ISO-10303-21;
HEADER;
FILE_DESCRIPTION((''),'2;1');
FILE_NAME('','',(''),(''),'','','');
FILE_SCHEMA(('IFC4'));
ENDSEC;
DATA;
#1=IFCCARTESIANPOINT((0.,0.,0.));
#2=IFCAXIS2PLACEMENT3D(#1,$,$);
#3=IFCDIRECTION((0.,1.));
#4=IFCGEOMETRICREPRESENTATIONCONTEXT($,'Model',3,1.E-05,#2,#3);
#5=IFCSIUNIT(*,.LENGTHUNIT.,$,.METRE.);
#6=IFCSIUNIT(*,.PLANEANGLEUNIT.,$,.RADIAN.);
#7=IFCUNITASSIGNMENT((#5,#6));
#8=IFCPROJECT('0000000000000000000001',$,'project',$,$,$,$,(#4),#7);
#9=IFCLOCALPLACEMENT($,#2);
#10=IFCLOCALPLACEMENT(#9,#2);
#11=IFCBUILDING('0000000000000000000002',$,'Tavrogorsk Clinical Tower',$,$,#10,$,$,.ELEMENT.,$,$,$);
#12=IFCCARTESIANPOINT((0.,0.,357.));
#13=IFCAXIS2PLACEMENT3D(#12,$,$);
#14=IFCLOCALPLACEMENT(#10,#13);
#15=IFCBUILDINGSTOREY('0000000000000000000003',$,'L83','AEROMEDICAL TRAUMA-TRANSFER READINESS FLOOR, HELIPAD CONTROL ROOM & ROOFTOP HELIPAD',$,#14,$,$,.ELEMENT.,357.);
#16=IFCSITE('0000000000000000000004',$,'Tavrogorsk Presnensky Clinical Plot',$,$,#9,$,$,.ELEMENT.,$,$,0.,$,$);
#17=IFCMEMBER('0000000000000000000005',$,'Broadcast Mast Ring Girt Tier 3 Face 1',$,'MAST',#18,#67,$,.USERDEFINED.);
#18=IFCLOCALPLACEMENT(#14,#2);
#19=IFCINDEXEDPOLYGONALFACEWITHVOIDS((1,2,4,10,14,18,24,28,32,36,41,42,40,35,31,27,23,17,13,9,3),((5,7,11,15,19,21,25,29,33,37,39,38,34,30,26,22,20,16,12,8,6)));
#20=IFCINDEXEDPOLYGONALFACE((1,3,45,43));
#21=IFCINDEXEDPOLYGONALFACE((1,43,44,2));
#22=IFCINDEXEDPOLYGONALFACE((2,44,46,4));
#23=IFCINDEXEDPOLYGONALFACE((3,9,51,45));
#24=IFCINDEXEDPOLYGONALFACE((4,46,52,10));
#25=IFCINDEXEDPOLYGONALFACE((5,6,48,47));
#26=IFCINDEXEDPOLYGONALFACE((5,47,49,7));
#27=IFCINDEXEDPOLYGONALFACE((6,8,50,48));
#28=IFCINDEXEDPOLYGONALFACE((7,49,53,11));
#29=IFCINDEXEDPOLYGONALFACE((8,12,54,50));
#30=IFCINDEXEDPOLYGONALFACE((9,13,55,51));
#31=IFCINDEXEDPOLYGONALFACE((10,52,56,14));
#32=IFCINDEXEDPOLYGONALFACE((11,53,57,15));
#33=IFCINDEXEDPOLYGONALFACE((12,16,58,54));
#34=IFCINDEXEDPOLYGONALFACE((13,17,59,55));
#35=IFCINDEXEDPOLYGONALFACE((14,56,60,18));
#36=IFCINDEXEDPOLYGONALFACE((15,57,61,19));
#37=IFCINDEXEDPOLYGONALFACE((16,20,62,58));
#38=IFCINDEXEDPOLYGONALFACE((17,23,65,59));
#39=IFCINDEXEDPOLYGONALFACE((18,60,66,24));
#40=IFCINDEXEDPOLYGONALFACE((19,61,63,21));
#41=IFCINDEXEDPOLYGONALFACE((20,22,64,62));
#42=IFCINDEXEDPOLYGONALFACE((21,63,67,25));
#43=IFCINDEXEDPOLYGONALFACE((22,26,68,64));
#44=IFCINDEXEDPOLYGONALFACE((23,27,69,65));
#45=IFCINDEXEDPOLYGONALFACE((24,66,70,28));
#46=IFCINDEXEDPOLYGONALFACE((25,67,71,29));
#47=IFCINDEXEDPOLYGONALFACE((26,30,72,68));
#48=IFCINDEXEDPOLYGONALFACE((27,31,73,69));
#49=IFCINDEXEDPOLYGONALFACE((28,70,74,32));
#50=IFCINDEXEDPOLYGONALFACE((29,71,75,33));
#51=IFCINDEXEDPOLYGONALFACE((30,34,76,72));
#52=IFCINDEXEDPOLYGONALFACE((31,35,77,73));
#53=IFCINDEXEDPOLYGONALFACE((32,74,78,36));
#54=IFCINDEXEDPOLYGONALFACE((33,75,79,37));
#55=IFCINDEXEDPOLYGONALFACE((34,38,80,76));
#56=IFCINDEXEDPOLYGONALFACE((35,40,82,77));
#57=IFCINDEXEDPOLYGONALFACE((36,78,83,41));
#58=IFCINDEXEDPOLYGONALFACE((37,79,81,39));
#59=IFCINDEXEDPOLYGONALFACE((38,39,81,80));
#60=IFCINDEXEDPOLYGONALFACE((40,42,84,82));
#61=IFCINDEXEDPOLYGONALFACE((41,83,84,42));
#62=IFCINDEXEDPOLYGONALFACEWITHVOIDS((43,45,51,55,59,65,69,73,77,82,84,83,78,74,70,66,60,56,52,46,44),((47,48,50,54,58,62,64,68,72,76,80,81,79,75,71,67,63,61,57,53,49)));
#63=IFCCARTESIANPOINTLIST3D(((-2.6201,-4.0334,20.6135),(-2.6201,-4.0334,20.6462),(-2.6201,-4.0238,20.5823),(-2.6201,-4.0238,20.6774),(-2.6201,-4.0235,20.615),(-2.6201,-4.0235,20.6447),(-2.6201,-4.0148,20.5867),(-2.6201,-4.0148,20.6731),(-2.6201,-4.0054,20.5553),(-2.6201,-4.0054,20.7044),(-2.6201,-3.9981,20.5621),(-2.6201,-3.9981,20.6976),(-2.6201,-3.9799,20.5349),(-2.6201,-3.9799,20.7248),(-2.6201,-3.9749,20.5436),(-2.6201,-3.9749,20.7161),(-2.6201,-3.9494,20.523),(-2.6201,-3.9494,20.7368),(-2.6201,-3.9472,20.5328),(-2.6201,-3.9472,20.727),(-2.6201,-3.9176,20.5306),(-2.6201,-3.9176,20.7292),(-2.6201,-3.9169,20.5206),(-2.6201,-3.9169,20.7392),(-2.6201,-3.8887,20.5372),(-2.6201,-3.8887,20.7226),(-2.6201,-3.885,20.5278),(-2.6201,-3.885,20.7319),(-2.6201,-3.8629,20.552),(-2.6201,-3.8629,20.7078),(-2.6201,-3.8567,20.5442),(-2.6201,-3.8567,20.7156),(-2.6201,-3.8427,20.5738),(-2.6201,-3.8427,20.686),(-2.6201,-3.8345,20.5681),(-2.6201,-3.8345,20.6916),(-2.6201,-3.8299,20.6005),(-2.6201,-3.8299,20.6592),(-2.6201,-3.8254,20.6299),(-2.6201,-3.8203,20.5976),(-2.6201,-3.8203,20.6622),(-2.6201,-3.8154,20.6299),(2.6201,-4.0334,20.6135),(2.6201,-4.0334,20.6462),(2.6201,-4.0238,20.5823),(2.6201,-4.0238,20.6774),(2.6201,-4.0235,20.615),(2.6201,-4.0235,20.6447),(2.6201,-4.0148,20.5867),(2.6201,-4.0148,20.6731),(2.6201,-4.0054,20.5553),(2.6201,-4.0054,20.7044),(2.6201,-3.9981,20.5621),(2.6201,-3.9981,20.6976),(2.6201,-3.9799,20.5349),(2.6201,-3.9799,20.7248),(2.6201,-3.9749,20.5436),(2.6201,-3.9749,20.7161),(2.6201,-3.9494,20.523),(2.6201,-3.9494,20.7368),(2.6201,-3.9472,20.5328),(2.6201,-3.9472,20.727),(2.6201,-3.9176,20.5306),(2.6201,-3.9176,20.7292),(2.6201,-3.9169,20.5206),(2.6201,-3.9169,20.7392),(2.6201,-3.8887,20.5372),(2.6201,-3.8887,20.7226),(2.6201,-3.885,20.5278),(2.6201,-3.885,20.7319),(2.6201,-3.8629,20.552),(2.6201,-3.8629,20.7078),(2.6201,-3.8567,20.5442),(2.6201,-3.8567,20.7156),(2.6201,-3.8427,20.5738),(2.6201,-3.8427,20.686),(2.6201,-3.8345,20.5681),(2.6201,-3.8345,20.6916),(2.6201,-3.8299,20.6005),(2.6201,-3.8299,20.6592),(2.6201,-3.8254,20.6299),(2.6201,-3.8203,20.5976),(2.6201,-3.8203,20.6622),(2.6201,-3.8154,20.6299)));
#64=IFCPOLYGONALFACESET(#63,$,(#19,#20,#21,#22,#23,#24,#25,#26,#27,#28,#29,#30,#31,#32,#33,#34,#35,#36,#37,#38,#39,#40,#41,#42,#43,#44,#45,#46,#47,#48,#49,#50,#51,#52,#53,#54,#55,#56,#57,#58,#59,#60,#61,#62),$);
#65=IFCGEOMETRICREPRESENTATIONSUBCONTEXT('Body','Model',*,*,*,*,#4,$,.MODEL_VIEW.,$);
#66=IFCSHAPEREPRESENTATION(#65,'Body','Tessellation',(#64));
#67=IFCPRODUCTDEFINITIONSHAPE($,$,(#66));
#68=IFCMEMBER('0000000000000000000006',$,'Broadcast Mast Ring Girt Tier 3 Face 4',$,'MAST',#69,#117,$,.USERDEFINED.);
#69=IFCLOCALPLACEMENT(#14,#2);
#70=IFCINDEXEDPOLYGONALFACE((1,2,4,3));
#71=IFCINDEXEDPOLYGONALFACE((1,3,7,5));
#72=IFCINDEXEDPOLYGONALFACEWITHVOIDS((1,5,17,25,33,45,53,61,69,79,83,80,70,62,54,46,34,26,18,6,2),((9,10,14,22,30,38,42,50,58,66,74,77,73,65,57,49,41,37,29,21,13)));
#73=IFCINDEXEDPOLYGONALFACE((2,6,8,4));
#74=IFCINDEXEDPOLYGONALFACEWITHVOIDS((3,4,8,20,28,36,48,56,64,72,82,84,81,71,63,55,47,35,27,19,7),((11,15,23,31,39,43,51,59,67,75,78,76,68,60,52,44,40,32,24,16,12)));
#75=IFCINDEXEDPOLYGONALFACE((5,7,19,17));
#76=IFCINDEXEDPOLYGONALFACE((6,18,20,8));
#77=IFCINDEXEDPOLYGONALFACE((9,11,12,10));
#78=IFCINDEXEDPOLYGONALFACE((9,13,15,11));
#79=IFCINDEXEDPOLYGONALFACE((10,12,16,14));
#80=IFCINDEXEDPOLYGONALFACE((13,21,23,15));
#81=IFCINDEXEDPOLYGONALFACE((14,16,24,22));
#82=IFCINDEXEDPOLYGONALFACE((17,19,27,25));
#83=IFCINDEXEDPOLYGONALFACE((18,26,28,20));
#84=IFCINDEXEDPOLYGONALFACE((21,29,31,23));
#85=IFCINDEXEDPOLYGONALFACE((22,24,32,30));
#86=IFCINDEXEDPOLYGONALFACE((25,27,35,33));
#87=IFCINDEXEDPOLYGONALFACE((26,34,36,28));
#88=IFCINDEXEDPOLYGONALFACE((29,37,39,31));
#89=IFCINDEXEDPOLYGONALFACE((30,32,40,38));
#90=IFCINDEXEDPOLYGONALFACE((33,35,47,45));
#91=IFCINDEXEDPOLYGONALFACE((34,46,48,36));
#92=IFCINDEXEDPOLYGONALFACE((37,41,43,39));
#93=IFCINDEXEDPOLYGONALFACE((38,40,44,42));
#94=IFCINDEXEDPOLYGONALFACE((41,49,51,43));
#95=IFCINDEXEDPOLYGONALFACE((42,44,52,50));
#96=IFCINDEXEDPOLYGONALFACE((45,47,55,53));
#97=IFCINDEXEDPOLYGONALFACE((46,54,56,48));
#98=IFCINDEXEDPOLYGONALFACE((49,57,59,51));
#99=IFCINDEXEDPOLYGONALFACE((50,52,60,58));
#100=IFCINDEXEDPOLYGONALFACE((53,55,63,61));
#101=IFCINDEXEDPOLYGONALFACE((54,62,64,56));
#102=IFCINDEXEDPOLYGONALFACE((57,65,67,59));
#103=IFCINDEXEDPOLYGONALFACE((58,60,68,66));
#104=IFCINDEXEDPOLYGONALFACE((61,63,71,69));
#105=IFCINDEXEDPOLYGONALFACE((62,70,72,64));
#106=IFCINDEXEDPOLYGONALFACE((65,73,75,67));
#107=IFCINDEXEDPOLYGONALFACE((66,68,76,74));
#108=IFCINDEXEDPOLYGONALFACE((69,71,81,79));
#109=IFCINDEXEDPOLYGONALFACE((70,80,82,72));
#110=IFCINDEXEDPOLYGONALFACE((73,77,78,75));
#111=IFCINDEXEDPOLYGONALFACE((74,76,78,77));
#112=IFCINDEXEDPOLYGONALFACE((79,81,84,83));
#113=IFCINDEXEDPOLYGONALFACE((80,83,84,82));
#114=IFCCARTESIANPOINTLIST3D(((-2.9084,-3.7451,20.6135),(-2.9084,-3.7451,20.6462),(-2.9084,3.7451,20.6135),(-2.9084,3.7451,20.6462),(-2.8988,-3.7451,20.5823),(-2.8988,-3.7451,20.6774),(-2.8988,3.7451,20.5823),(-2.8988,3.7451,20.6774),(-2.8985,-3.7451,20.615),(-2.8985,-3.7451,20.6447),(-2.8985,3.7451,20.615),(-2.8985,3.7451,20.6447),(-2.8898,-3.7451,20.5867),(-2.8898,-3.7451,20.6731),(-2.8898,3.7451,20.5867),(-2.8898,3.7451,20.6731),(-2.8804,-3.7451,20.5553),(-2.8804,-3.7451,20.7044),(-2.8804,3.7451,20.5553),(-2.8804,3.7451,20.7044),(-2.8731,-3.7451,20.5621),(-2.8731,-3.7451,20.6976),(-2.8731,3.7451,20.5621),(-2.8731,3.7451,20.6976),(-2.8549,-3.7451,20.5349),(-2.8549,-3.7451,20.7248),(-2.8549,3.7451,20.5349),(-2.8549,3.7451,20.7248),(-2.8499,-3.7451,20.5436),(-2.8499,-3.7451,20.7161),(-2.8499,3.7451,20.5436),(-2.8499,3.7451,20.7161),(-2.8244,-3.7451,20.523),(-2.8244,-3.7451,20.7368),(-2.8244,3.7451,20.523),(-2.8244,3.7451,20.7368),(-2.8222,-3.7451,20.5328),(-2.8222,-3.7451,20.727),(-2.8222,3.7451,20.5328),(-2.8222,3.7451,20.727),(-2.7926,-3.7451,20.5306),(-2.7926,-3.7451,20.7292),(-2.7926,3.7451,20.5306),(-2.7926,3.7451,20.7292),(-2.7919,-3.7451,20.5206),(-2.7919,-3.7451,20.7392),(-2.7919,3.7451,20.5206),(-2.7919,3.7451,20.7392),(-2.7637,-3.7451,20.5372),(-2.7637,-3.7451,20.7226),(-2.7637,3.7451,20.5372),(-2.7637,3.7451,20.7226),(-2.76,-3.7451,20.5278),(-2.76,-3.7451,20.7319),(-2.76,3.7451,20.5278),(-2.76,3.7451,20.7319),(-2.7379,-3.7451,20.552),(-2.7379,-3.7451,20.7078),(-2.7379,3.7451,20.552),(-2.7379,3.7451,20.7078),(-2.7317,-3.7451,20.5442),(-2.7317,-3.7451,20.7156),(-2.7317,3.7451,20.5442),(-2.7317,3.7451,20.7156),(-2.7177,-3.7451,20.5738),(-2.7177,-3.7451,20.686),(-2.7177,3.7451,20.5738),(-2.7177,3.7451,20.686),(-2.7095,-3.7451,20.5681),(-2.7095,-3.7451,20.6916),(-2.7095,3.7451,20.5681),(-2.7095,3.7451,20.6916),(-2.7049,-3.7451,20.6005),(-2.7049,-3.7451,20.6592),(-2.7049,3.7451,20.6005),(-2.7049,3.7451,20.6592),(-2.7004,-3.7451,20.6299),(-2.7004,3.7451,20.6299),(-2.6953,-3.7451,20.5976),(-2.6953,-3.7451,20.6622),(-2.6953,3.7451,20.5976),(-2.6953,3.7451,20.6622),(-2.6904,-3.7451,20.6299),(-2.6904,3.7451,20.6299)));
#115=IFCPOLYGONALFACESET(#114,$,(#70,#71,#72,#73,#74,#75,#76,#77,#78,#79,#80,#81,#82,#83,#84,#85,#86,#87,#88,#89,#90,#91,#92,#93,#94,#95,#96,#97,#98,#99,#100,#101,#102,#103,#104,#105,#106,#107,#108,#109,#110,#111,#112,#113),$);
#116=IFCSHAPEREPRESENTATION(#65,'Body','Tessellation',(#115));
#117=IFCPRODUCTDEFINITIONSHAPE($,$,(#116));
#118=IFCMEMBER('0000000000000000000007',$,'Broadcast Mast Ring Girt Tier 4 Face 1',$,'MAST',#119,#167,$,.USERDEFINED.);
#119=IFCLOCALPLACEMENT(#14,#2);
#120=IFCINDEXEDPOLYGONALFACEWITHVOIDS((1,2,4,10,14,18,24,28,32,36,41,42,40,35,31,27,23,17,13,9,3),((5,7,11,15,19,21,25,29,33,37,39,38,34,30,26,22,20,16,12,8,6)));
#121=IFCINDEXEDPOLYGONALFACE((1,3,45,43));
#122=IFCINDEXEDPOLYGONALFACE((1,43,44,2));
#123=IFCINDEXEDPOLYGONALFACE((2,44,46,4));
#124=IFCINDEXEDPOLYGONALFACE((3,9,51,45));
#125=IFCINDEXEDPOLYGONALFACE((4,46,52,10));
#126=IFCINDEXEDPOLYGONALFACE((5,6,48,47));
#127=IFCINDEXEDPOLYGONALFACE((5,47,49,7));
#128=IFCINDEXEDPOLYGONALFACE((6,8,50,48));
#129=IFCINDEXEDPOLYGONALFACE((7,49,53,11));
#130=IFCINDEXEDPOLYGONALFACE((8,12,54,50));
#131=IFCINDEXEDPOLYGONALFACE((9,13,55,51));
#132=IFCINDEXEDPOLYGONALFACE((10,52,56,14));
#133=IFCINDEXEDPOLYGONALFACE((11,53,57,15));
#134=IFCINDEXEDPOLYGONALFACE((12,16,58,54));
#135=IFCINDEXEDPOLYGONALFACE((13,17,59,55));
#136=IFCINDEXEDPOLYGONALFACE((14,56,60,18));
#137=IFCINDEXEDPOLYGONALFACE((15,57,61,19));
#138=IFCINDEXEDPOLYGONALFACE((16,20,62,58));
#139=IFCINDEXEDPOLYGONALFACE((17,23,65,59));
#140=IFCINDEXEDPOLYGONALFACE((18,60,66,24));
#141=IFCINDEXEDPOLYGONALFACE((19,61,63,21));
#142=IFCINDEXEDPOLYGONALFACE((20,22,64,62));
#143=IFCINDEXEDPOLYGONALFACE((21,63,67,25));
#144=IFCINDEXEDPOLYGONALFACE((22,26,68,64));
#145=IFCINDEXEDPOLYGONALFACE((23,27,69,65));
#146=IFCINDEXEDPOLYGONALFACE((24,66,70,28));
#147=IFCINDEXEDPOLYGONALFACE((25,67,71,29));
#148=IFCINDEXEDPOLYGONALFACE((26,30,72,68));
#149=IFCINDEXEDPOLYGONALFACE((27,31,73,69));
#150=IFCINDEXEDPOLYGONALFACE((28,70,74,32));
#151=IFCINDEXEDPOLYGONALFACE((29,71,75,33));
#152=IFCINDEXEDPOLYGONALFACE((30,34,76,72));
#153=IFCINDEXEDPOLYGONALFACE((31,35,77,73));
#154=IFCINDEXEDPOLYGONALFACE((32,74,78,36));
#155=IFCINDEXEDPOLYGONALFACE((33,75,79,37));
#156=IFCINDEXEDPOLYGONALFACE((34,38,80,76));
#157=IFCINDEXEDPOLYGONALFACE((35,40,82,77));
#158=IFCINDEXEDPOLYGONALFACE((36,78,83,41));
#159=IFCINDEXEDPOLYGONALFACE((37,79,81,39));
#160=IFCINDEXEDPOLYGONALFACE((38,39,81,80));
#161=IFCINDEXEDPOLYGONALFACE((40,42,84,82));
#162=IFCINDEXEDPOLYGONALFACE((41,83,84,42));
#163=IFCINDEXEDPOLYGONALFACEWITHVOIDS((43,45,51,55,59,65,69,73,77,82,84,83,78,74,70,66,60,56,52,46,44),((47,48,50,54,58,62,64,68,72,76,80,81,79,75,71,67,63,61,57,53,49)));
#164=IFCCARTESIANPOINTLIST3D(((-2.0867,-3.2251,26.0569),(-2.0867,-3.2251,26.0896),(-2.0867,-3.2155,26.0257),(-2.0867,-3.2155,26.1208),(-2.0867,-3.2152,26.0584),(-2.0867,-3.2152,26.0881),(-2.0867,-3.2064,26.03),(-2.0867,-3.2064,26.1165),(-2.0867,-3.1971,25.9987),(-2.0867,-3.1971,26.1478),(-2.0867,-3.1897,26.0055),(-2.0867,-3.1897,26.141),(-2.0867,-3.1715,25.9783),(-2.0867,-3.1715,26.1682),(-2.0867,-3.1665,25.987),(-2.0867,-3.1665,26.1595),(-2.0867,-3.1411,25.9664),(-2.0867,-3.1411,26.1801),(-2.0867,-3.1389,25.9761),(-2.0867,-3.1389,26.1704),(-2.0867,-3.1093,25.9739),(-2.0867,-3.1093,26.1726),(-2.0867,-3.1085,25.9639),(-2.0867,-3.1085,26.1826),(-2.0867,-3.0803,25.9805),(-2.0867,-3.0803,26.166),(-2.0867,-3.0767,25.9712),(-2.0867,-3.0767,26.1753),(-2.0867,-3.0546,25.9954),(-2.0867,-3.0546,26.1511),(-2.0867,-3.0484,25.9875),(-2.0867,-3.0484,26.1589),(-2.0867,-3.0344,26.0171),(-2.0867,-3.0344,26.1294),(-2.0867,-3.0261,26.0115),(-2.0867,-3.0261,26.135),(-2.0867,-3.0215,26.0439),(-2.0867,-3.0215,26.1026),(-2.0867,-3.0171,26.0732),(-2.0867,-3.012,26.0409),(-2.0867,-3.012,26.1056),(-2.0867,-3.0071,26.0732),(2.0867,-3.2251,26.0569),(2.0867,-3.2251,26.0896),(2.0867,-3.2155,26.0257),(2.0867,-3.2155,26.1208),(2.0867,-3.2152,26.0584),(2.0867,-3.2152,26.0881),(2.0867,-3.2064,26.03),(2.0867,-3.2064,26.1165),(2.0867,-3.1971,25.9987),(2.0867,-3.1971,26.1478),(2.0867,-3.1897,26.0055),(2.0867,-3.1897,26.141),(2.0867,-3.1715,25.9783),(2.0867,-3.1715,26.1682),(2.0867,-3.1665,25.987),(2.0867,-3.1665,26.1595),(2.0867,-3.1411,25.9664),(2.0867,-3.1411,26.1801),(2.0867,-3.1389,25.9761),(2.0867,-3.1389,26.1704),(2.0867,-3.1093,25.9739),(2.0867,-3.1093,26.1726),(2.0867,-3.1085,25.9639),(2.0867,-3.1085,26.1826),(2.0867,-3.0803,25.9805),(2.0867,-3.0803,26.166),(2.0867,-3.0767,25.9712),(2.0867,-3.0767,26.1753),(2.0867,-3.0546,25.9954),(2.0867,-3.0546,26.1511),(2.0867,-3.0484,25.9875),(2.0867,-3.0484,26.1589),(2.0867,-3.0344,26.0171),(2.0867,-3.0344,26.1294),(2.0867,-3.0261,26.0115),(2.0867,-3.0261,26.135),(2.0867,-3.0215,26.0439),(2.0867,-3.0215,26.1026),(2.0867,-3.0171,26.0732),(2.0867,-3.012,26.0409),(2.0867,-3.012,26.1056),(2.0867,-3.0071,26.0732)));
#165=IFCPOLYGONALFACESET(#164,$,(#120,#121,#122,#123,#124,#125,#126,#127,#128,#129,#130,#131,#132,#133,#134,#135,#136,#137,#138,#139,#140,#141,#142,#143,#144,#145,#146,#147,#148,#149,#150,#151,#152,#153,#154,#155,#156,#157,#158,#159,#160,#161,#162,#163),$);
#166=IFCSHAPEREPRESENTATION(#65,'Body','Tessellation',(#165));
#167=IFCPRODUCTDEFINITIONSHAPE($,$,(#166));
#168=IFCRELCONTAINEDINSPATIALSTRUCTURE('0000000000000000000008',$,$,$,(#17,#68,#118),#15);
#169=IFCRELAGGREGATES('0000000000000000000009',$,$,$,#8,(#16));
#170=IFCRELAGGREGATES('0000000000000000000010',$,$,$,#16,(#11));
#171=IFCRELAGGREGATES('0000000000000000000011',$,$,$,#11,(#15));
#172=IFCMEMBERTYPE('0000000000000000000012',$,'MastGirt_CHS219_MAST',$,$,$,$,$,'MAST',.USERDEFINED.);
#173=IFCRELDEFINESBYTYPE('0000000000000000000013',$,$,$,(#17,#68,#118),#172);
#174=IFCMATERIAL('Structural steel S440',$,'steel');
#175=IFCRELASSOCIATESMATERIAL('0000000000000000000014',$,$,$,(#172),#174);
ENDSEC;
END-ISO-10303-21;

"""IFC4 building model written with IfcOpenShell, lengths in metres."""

from ifc_helpers import new_model, si_unit, direction, frame, origin, origin_2d, place, context, subcontext, project, spatial, hollow_circle, extrude, material, material_profile, profile_set, type_object, element, save


model = new_model("IFC4")

# Units and contexts
model_context = context("Model", 3, precision=1e-05, world=origin(), true_north=direction((0.0, 1.0)))
body_context = subcontext(model_context, "Body", "Model", "MODEL_VIEW")
ifc_project = project(units=[si_unit("LENGTHUNIT", "METRE"), si_unit("PLANEANGLEUNIT", "RADIAN")], contexts=[model_context])

# Site, building, storey
site_placement = place(None, origin())
site = spatial("IfcSite", under=ifc_project, at=site_placement, Name="Tavrogorsk Presnensky Clinical Plot", CompositionType="ELEMENT", RefElevation=0.0)
building_placement = place(site_placement, origin())
building = spatial("IfcBuilding", under=site, at=building_placement, Name="Tavrogorsk Clinical Tower", CompositionType="ELEMENT")
storey_placement = place(building_placement, frame((0.0, 0.0, 357.0)))
storey = spatial("IfcBuildingStorey", under=building, at=storey_placement, Name="L83", Description="AEROMEDICAL TRAUMA-TRANSFER READINESS FLOOR, HELIPAD CONTROL ROOM & ROOFTOP HELIPAD", CompositionType="ELEMENT", Elevation=357.0)

# Members
ifc_material_1 = material(Name="Structural steel S440", Category="steel")
ifc_material_profile_1 = material_profile(ifc_material_1, hollow_circle(Radius=0.1096, WallThickness=0.01, at=origin_2d()), Name="CHS-219.1x10")
ifc_profile_set_1 = profile_set([ifc_material_profile_1], Name="Structural steel S440")
member_type_1 = type_object("IfcMemberType", Name="MastGirt_CHS219_MAST", ElementType="MAST", PredefinedType="USERDEFINED", material=ifc_profile_set_1)
member_1_placement = place(storey_placement, frame((-2.6201, -3.925, 20.6299), z_axis=(1.0, 0.0, 0.0), x_axis=(0.0, 1.0, 0.0)))
element("IfcMember", 1, at=member_1_placement, inside=storey, type_object=member_type_1, Name="Broadcast Mast Ring Girt Tier 3 Face 1", ObjectType="MAST", PredefinedType="USERDEFINED", context=body_context, shape_type="SweptSolid", body=[
    extrude(hollow_circle(Radius=0.1096, WallThickness=0.01, at=origin_2d()), origin(), (0.0, 0.0, 1.0), 5.2402),
])
member_2_placement = place(storey_placement, frame((-2.8, 3.7451, 20.6299), z_axis=(0.0, -1.0, 0.0), x_axis=(1.0, 0.0, 0.0)))
element("IfcMember", 2, at=member_2_placement, inside=storey, type_object=member_type_1, Name="Broadcast Mast Ring Girt Tier 3 Face 4", ObjectType="MAST", PredefinedType="USERDEFINED", context=body_context, shape_type="SweptSolid", body=[
    extrude(hollow_circle(Radius=0.1096, WallThickness=0.01, at=origin_2d()), origin(), (0.0, 0.0, 1.0), 7.4902),
])
member_3_placement = place(storey_placement, frame((-2.0867, -3.1167, 26.0732), z_axis=(1.0, 0.0, 0.0), x_axis=(0.0, 1.0, 0.0)))
element("IfcMember", 3, at=member_3_placement, inside=storey, type_object=member_type_1, Name="Broadcast Mast Ring Girt Tier 4 Face 1", ObjectType="MAST", PredefinedType="USERDEFINED", context=body_context, shape_type="SweptSolid", body=[
    extrude(hollow_circle(Radius=0.1096, WallThickness=0.01, at=origin_2d()), origin(), (0.0, 0.0, 1.0), 4.1733),
])

save(model, "model.ifc")
